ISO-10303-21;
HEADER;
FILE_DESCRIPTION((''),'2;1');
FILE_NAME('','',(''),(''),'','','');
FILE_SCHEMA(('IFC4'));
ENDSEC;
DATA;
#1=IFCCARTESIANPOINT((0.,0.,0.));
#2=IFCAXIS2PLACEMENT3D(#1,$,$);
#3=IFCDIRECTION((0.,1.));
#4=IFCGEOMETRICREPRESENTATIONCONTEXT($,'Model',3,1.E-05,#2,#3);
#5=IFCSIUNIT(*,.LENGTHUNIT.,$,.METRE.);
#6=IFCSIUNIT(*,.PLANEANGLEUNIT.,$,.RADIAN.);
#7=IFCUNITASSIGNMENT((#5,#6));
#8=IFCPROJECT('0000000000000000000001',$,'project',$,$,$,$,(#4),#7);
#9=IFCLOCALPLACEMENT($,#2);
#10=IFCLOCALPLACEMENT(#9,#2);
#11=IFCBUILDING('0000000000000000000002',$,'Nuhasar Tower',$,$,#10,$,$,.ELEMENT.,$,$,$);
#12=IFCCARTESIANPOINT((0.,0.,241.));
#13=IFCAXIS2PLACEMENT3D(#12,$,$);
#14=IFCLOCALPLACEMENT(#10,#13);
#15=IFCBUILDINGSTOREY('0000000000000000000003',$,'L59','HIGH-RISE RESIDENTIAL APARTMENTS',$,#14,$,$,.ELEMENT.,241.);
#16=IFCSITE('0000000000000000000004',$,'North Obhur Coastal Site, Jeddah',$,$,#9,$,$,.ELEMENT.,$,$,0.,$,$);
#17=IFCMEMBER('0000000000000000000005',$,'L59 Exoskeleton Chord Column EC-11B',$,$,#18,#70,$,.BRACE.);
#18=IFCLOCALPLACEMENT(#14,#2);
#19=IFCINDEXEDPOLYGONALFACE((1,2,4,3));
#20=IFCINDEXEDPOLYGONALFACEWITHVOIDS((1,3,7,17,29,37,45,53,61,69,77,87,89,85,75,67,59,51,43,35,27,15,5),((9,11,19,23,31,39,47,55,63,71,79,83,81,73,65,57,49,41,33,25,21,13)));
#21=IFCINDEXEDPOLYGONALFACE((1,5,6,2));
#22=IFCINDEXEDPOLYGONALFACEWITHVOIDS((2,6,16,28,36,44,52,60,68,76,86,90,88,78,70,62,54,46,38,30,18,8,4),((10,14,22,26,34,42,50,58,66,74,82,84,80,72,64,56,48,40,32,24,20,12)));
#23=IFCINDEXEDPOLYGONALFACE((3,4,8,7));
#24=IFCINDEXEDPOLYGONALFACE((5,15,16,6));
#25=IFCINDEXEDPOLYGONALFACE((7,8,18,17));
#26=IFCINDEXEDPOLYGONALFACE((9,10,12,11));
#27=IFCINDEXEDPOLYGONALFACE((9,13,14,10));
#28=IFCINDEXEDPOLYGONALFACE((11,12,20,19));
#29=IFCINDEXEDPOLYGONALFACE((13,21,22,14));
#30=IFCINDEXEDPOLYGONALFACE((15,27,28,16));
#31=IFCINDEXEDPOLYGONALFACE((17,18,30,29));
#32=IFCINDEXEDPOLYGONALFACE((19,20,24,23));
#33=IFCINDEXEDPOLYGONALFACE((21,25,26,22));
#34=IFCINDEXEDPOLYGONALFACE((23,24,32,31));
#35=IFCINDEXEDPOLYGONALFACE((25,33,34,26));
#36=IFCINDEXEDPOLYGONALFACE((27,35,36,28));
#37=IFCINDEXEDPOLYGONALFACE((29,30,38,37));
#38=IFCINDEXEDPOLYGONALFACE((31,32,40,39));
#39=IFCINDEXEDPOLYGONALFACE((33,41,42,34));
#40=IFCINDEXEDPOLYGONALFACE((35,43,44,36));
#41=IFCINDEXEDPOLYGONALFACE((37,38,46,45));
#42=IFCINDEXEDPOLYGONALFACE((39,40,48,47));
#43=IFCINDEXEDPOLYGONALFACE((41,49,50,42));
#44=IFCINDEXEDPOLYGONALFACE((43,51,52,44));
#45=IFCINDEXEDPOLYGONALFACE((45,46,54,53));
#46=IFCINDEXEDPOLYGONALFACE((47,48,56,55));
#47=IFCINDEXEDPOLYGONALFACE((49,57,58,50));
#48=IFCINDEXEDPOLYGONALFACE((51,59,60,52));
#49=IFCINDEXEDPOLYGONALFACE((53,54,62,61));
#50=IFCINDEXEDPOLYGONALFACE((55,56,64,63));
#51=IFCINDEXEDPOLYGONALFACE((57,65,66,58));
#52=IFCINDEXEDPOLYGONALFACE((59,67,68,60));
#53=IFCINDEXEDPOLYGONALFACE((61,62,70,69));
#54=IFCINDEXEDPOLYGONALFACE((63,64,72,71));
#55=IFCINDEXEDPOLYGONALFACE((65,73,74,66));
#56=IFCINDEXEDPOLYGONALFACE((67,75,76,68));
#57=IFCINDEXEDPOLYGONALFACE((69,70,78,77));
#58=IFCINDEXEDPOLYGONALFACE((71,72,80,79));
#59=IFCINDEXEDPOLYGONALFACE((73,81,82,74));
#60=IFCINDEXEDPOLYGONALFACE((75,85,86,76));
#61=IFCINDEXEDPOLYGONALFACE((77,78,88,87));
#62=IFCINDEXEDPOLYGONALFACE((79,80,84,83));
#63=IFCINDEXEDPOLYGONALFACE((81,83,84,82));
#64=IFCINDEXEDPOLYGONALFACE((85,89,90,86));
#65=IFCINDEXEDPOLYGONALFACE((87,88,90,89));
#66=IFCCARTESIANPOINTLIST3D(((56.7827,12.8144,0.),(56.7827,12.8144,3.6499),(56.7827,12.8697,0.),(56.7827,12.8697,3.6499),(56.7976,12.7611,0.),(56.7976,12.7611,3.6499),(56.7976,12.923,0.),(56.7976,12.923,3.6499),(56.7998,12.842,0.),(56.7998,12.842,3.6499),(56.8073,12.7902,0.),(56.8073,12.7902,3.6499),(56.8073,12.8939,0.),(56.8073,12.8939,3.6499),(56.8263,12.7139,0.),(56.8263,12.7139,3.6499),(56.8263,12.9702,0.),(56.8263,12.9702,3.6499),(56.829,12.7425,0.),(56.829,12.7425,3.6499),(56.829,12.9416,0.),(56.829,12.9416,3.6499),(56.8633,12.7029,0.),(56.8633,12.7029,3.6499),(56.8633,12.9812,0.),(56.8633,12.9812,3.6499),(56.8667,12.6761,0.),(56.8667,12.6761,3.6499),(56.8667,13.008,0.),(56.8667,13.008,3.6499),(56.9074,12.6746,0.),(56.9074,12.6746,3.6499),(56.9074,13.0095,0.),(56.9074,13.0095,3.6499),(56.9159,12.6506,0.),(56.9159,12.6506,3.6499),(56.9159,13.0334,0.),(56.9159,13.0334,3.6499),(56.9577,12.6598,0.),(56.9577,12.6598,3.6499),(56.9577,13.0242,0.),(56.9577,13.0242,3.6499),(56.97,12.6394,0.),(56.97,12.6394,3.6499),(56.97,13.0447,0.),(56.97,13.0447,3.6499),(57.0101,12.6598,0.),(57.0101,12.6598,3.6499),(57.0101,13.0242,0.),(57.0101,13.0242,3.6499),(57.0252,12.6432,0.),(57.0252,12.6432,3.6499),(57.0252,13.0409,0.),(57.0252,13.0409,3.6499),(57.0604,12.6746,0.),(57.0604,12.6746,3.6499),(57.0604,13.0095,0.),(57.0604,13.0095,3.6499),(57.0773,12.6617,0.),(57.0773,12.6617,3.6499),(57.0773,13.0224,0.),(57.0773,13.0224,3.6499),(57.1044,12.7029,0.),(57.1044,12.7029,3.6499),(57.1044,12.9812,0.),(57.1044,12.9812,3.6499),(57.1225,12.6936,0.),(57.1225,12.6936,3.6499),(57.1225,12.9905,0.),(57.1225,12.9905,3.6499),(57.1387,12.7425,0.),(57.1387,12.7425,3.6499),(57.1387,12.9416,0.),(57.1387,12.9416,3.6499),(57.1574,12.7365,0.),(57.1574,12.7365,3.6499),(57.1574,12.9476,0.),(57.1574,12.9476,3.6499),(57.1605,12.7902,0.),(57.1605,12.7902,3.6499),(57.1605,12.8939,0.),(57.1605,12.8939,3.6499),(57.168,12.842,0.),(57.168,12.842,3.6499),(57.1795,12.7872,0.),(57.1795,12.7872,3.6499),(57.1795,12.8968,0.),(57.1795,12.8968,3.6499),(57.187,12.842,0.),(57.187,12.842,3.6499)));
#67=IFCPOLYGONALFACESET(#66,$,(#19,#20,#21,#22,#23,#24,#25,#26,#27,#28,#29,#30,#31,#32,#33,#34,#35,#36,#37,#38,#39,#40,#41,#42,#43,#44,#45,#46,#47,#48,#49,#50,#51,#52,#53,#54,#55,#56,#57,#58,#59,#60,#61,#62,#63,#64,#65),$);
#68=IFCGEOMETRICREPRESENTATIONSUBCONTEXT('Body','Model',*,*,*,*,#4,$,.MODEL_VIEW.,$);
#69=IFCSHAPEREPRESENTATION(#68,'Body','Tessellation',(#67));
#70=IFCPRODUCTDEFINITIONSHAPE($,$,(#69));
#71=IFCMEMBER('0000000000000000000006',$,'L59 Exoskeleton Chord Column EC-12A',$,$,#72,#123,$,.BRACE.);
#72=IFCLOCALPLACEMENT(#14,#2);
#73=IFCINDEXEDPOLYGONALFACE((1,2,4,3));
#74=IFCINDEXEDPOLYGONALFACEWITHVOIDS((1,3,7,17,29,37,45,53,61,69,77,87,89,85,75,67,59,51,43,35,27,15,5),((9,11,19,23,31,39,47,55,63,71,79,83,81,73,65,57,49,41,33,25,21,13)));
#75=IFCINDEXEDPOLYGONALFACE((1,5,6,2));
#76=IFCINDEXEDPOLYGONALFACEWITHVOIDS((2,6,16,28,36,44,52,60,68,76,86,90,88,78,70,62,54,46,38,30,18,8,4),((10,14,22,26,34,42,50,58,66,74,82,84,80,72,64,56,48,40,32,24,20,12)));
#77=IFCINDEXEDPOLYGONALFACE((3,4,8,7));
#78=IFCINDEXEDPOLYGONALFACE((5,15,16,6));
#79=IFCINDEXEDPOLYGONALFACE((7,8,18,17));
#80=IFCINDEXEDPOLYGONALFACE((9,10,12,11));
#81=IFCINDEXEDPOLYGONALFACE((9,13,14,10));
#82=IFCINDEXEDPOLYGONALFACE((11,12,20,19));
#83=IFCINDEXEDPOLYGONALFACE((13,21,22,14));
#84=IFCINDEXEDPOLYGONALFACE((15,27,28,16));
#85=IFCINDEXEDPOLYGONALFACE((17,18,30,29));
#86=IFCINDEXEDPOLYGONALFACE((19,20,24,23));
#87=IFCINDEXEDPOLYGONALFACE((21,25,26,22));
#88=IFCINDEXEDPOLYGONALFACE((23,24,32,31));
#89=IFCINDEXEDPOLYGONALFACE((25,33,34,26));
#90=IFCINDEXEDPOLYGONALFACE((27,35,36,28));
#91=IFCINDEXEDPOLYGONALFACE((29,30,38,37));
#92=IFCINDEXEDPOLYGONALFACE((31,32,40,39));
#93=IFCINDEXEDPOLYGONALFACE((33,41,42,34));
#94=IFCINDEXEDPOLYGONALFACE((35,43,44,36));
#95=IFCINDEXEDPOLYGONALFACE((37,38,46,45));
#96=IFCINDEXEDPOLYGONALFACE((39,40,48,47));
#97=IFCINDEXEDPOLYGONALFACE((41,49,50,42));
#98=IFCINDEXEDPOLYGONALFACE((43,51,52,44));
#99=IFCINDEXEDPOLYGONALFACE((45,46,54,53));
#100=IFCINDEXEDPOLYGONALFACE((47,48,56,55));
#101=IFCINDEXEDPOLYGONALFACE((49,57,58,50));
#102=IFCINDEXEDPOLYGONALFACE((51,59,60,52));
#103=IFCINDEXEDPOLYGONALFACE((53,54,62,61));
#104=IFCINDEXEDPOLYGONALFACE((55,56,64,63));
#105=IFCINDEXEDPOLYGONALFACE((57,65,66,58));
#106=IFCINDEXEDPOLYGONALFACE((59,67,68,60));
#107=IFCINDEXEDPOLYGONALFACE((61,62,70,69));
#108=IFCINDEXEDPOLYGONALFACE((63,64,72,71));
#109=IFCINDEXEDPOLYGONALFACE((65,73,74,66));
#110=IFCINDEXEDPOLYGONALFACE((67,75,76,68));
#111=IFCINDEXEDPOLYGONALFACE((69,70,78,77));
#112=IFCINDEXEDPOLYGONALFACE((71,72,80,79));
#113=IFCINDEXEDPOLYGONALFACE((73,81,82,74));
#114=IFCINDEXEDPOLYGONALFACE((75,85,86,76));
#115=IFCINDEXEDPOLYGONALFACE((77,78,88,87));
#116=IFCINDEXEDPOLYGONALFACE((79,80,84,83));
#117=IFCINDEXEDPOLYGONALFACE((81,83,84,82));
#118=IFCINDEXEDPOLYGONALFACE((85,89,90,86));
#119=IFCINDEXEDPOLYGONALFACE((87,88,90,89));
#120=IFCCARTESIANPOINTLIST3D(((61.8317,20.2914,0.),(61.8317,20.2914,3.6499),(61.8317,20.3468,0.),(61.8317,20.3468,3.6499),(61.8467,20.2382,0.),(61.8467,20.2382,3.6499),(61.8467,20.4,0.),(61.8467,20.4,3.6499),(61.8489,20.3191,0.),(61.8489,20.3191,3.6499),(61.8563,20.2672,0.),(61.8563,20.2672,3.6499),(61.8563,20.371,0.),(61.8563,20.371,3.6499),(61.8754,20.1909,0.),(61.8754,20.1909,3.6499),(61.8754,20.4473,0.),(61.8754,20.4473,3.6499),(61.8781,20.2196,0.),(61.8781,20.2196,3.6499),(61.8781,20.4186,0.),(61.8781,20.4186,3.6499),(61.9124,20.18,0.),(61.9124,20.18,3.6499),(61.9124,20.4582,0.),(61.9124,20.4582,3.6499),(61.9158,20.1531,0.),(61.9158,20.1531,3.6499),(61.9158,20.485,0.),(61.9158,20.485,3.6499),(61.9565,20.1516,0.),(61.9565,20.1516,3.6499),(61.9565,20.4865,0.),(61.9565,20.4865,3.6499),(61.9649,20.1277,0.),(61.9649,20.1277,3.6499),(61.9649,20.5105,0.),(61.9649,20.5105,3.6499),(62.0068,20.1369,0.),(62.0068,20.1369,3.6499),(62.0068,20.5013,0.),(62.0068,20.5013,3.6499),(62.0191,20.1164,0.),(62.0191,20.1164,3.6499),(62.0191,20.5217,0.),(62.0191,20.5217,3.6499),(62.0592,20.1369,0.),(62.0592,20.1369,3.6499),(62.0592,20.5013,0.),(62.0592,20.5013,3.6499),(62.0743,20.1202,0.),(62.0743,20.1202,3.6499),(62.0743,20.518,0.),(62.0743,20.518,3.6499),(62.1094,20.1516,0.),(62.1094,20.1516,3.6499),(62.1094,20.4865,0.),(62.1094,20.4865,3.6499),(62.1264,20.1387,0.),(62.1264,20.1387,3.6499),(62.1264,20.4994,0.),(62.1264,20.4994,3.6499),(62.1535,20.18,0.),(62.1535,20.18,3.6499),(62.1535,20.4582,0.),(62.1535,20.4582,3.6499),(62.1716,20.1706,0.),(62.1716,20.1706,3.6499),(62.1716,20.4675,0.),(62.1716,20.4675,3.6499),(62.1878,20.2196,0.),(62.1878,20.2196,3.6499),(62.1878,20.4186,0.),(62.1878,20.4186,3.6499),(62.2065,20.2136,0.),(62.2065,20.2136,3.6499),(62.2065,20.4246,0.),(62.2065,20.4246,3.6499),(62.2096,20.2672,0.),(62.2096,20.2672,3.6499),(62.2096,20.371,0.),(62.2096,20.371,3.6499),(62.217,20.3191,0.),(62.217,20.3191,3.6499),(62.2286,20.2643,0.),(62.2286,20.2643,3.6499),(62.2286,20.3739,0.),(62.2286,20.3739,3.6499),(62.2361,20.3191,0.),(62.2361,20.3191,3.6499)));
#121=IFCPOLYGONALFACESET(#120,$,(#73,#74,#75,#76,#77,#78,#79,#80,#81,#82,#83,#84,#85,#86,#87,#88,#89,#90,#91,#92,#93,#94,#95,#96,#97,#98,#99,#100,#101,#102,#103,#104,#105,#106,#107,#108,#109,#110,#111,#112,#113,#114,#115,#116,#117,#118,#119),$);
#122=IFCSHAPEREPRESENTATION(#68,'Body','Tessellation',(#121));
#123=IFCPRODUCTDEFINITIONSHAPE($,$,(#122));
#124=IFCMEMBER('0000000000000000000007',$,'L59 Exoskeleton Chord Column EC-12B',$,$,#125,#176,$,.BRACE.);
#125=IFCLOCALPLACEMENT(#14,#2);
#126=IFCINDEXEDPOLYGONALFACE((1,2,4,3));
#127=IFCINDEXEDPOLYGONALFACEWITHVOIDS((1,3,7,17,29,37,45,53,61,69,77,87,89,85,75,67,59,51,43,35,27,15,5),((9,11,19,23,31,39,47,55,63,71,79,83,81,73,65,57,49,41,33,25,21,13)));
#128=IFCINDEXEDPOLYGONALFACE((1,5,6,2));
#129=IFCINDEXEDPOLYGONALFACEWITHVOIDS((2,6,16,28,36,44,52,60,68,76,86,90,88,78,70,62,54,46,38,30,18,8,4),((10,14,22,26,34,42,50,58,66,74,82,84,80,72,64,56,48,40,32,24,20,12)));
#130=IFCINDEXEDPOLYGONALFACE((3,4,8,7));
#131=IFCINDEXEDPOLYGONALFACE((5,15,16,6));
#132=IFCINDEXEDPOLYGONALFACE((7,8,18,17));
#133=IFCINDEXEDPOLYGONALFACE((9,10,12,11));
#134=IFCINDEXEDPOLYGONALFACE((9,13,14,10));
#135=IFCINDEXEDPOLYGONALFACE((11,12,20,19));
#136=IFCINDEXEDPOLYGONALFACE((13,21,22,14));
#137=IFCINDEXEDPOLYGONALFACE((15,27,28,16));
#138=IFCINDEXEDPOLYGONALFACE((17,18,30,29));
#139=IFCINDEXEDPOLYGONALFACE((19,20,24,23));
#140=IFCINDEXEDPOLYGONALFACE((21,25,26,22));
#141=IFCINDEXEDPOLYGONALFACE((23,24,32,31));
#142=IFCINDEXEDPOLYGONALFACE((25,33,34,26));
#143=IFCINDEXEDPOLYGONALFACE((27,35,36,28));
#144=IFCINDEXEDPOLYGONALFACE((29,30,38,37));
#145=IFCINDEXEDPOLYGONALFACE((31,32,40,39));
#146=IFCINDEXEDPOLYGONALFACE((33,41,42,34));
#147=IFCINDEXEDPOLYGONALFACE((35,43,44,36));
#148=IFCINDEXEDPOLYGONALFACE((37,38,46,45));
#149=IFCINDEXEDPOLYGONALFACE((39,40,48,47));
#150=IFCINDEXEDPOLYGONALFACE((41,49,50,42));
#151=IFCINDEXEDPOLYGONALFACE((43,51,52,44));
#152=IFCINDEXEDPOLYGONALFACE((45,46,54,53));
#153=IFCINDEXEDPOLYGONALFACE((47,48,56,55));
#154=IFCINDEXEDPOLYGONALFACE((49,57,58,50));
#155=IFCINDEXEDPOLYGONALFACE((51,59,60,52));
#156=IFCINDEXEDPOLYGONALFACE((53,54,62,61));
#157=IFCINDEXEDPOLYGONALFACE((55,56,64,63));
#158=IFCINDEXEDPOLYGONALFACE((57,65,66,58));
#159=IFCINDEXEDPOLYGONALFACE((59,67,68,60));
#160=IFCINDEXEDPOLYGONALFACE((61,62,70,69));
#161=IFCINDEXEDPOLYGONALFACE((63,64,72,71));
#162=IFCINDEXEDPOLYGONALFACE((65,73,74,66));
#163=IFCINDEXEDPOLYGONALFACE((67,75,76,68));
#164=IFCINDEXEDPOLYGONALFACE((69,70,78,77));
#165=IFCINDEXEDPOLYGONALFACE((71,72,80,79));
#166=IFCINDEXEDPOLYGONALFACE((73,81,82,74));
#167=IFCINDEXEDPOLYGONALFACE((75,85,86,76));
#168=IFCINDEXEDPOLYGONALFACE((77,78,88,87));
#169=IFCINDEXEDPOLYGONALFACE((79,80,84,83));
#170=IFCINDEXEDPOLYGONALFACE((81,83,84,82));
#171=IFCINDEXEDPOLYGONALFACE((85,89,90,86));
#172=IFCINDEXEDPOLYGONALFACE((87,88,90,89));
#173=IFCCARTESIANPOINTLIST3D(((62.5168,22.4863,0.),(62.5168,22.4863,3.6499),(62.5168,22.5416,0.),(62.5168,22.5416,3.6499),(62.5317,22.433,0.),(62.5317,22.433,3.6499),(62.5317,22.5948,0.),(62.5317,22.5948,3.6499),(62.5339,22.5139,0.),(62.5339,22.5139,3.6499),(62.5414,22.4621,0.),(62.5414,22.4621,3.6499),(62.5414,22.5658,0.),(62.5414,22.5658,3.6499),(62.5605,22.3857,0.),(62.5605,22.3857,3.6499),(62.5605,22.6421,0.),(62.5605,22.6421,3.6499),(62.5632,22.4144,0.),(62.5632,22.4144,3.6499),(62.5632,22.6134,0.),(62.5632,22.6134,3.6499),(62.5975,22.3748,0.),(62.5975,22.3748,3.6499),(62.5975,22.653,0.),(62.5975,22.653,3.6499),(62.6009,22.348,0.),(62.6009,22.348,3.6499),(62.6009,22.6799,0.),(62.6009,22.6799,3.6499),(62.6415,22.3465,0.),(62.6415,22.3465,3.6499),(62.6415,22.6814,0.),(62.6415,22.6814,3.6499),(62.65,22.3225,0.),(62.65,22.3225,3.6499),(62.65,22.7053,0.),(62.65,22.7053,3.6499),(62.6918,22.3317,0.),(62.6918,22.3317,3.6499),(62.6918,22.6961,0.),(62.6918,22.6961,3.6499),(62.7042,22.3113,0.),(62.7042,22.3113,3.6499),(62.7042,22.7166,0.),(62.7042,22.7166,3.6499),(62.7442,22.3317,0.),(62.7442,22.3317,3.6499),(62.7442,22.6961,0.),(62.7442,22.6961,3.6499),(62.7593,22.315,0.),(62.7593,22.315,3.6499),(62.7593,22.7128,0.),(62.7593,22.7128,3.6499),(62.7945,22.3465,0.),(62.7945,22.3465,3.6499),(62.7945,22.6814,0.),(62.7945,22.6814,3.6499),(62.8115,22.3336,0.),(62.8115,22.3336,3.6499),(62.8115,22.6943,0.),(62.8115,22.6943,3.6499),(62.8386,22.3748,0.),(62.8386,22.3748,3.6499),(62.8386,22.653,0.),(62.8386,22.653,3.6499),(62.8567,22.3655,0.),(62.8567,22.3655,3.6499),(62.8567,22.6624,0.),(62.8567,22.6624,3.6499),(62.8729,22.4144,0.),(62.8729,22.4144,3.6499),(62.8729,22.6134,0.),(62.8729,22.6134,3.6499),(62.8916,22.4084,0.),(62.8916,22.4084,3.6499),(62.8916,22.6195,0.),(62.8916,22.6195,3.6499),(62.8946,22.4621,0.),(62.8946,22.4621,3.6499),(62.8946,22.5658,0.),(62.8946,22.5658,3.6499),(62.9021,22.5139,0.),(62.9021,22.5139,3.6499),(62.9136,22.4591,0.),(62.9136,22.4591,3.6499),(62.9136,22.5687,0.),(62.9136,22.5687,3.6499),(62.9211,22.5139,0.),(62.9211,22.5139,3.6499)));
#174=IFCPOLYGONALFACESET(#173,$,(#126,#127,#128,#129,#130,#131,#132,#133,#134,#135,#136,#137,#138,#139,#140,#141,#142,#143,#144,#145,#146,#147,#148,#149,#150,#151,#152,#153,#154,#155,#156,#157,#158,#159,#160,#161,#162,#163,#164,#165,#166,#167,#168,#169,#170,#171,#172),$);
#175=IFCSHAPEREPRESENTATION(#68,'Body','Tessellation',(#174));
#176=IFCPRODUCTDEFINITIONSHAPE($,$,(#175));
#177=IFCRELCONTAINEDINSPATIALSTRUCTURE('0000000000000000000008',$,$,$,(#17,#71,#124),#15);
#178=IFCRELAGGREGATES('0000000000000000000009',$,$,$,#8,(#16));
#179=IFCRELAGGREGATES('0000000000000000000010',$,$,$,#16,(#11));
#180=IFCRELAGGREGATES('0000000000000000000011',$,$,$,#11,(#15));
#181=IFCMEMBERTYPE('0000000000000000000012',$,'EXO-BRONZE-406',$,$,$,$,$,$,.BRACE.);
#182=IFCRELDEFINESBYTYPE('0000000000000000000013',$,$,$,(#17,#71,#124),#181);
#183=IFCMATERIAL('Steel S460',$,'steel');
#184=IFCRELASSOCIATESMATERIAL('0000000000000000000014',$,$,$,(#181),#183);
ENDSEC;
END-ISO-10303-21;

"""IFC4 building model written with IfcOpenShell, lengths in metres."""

from ifc_helpers import new_model, si_unit, direction, frame, origin, origin_2d, place, context, subcontext, project, spatial, hollow_circle, extrude, material, material_profile, profile_set, type_object, element, save


model = new_model("IFC4")

# Units and contexts
model_context = context("Model", 3, precision=1e-05, world=origin(), true_north=direction((0.0, 1.0)))
body_context = subcontext(model_context, "Body", "Model", "MODEL_VIEW")
ifc_project = project(units=[si_unit("LENGTHUNIT", "METRE"), si_unit("PLANEANGLEUNIT", "RADIAN")], contexts=[model_context])

# Site, building, storey
site_placement = place(None, origin())
site = spatial("IfcSite", under=ifc_project, at=site_placement, Name="North Obhur Coastal Site, Jeddah", CompositionType="ELEMENT", RefElevation=0.0)
building_placement = place(site_placement, origin())
building = spatial("IfcBuilding", under=site, at=building_placement, Name="Nuhasar Tower", CompositionType="ELEMENT")
storey_placement = place(building_placement, frame((0.0, 0.0, 241.0)))
storey = spatial("IfcBuildingStorey", under=building, at=storey_placement, Name="L59", Description="HIGH-RISE RESIDENTIAL APARTMENTS", CompositionType="ELEMENT", Elevation=241.0)

# Members
ifc_material_1 = material(Name="Steel S460", Category="steel")
ifc_material_profile_1 = material_profile(ifc_material_1, hollow_circle(Radius=0.2031, WallThickness=0.019, at=origin_2d()), Name="HSS406.4X19.1")
ifc_profile_set_1 = profile_set([ifc_material_profile_1], Name="Steel S460")
member_type_1 = type_object("IfcMemberType", Name="EXO-BRONZE-406", PredefinedType="BRACE", material=ifc_profile_set_1)
for number, where, z_axis, x_axis, name in (
    (1, (56.9839, 12.842, 0.0), (0.0, 0.0, 1.0), (1.0, 0.0, 0.0), "L59 Exoskeleton Chord Column EC-11B"),
    (2, (62.033, 20.3191, 0.0), (0.0, 0.0, 1.0), (1.0, 0.0, 0.0), "L59 Exoskeleton Chord Column EC-12A"),
    (3, (62.718, 22.5139, 0.0), (0.0, 0.0, 1.0), (1.0, 0.0, 0.0), "L59 Exoskeleton Chord Column EC-12B"),
):
    element("IfcMember", number, at=place(storey_placement, frame(where, z_axis=z_axis, x_axis=x_axis)), inside=storey, type_object=member_type_1, Name=name, PredefinedType="BRACE", context=body_context, shape_type="SweptSolid", body=[
        extrude(hollow_circle(Radius=0.2031, WallThickness=0.019, at=origin_2d()), origin(), (0.0, 0.0, 1.0), 3.6499),
    ])

save(model, "model.ifc")
